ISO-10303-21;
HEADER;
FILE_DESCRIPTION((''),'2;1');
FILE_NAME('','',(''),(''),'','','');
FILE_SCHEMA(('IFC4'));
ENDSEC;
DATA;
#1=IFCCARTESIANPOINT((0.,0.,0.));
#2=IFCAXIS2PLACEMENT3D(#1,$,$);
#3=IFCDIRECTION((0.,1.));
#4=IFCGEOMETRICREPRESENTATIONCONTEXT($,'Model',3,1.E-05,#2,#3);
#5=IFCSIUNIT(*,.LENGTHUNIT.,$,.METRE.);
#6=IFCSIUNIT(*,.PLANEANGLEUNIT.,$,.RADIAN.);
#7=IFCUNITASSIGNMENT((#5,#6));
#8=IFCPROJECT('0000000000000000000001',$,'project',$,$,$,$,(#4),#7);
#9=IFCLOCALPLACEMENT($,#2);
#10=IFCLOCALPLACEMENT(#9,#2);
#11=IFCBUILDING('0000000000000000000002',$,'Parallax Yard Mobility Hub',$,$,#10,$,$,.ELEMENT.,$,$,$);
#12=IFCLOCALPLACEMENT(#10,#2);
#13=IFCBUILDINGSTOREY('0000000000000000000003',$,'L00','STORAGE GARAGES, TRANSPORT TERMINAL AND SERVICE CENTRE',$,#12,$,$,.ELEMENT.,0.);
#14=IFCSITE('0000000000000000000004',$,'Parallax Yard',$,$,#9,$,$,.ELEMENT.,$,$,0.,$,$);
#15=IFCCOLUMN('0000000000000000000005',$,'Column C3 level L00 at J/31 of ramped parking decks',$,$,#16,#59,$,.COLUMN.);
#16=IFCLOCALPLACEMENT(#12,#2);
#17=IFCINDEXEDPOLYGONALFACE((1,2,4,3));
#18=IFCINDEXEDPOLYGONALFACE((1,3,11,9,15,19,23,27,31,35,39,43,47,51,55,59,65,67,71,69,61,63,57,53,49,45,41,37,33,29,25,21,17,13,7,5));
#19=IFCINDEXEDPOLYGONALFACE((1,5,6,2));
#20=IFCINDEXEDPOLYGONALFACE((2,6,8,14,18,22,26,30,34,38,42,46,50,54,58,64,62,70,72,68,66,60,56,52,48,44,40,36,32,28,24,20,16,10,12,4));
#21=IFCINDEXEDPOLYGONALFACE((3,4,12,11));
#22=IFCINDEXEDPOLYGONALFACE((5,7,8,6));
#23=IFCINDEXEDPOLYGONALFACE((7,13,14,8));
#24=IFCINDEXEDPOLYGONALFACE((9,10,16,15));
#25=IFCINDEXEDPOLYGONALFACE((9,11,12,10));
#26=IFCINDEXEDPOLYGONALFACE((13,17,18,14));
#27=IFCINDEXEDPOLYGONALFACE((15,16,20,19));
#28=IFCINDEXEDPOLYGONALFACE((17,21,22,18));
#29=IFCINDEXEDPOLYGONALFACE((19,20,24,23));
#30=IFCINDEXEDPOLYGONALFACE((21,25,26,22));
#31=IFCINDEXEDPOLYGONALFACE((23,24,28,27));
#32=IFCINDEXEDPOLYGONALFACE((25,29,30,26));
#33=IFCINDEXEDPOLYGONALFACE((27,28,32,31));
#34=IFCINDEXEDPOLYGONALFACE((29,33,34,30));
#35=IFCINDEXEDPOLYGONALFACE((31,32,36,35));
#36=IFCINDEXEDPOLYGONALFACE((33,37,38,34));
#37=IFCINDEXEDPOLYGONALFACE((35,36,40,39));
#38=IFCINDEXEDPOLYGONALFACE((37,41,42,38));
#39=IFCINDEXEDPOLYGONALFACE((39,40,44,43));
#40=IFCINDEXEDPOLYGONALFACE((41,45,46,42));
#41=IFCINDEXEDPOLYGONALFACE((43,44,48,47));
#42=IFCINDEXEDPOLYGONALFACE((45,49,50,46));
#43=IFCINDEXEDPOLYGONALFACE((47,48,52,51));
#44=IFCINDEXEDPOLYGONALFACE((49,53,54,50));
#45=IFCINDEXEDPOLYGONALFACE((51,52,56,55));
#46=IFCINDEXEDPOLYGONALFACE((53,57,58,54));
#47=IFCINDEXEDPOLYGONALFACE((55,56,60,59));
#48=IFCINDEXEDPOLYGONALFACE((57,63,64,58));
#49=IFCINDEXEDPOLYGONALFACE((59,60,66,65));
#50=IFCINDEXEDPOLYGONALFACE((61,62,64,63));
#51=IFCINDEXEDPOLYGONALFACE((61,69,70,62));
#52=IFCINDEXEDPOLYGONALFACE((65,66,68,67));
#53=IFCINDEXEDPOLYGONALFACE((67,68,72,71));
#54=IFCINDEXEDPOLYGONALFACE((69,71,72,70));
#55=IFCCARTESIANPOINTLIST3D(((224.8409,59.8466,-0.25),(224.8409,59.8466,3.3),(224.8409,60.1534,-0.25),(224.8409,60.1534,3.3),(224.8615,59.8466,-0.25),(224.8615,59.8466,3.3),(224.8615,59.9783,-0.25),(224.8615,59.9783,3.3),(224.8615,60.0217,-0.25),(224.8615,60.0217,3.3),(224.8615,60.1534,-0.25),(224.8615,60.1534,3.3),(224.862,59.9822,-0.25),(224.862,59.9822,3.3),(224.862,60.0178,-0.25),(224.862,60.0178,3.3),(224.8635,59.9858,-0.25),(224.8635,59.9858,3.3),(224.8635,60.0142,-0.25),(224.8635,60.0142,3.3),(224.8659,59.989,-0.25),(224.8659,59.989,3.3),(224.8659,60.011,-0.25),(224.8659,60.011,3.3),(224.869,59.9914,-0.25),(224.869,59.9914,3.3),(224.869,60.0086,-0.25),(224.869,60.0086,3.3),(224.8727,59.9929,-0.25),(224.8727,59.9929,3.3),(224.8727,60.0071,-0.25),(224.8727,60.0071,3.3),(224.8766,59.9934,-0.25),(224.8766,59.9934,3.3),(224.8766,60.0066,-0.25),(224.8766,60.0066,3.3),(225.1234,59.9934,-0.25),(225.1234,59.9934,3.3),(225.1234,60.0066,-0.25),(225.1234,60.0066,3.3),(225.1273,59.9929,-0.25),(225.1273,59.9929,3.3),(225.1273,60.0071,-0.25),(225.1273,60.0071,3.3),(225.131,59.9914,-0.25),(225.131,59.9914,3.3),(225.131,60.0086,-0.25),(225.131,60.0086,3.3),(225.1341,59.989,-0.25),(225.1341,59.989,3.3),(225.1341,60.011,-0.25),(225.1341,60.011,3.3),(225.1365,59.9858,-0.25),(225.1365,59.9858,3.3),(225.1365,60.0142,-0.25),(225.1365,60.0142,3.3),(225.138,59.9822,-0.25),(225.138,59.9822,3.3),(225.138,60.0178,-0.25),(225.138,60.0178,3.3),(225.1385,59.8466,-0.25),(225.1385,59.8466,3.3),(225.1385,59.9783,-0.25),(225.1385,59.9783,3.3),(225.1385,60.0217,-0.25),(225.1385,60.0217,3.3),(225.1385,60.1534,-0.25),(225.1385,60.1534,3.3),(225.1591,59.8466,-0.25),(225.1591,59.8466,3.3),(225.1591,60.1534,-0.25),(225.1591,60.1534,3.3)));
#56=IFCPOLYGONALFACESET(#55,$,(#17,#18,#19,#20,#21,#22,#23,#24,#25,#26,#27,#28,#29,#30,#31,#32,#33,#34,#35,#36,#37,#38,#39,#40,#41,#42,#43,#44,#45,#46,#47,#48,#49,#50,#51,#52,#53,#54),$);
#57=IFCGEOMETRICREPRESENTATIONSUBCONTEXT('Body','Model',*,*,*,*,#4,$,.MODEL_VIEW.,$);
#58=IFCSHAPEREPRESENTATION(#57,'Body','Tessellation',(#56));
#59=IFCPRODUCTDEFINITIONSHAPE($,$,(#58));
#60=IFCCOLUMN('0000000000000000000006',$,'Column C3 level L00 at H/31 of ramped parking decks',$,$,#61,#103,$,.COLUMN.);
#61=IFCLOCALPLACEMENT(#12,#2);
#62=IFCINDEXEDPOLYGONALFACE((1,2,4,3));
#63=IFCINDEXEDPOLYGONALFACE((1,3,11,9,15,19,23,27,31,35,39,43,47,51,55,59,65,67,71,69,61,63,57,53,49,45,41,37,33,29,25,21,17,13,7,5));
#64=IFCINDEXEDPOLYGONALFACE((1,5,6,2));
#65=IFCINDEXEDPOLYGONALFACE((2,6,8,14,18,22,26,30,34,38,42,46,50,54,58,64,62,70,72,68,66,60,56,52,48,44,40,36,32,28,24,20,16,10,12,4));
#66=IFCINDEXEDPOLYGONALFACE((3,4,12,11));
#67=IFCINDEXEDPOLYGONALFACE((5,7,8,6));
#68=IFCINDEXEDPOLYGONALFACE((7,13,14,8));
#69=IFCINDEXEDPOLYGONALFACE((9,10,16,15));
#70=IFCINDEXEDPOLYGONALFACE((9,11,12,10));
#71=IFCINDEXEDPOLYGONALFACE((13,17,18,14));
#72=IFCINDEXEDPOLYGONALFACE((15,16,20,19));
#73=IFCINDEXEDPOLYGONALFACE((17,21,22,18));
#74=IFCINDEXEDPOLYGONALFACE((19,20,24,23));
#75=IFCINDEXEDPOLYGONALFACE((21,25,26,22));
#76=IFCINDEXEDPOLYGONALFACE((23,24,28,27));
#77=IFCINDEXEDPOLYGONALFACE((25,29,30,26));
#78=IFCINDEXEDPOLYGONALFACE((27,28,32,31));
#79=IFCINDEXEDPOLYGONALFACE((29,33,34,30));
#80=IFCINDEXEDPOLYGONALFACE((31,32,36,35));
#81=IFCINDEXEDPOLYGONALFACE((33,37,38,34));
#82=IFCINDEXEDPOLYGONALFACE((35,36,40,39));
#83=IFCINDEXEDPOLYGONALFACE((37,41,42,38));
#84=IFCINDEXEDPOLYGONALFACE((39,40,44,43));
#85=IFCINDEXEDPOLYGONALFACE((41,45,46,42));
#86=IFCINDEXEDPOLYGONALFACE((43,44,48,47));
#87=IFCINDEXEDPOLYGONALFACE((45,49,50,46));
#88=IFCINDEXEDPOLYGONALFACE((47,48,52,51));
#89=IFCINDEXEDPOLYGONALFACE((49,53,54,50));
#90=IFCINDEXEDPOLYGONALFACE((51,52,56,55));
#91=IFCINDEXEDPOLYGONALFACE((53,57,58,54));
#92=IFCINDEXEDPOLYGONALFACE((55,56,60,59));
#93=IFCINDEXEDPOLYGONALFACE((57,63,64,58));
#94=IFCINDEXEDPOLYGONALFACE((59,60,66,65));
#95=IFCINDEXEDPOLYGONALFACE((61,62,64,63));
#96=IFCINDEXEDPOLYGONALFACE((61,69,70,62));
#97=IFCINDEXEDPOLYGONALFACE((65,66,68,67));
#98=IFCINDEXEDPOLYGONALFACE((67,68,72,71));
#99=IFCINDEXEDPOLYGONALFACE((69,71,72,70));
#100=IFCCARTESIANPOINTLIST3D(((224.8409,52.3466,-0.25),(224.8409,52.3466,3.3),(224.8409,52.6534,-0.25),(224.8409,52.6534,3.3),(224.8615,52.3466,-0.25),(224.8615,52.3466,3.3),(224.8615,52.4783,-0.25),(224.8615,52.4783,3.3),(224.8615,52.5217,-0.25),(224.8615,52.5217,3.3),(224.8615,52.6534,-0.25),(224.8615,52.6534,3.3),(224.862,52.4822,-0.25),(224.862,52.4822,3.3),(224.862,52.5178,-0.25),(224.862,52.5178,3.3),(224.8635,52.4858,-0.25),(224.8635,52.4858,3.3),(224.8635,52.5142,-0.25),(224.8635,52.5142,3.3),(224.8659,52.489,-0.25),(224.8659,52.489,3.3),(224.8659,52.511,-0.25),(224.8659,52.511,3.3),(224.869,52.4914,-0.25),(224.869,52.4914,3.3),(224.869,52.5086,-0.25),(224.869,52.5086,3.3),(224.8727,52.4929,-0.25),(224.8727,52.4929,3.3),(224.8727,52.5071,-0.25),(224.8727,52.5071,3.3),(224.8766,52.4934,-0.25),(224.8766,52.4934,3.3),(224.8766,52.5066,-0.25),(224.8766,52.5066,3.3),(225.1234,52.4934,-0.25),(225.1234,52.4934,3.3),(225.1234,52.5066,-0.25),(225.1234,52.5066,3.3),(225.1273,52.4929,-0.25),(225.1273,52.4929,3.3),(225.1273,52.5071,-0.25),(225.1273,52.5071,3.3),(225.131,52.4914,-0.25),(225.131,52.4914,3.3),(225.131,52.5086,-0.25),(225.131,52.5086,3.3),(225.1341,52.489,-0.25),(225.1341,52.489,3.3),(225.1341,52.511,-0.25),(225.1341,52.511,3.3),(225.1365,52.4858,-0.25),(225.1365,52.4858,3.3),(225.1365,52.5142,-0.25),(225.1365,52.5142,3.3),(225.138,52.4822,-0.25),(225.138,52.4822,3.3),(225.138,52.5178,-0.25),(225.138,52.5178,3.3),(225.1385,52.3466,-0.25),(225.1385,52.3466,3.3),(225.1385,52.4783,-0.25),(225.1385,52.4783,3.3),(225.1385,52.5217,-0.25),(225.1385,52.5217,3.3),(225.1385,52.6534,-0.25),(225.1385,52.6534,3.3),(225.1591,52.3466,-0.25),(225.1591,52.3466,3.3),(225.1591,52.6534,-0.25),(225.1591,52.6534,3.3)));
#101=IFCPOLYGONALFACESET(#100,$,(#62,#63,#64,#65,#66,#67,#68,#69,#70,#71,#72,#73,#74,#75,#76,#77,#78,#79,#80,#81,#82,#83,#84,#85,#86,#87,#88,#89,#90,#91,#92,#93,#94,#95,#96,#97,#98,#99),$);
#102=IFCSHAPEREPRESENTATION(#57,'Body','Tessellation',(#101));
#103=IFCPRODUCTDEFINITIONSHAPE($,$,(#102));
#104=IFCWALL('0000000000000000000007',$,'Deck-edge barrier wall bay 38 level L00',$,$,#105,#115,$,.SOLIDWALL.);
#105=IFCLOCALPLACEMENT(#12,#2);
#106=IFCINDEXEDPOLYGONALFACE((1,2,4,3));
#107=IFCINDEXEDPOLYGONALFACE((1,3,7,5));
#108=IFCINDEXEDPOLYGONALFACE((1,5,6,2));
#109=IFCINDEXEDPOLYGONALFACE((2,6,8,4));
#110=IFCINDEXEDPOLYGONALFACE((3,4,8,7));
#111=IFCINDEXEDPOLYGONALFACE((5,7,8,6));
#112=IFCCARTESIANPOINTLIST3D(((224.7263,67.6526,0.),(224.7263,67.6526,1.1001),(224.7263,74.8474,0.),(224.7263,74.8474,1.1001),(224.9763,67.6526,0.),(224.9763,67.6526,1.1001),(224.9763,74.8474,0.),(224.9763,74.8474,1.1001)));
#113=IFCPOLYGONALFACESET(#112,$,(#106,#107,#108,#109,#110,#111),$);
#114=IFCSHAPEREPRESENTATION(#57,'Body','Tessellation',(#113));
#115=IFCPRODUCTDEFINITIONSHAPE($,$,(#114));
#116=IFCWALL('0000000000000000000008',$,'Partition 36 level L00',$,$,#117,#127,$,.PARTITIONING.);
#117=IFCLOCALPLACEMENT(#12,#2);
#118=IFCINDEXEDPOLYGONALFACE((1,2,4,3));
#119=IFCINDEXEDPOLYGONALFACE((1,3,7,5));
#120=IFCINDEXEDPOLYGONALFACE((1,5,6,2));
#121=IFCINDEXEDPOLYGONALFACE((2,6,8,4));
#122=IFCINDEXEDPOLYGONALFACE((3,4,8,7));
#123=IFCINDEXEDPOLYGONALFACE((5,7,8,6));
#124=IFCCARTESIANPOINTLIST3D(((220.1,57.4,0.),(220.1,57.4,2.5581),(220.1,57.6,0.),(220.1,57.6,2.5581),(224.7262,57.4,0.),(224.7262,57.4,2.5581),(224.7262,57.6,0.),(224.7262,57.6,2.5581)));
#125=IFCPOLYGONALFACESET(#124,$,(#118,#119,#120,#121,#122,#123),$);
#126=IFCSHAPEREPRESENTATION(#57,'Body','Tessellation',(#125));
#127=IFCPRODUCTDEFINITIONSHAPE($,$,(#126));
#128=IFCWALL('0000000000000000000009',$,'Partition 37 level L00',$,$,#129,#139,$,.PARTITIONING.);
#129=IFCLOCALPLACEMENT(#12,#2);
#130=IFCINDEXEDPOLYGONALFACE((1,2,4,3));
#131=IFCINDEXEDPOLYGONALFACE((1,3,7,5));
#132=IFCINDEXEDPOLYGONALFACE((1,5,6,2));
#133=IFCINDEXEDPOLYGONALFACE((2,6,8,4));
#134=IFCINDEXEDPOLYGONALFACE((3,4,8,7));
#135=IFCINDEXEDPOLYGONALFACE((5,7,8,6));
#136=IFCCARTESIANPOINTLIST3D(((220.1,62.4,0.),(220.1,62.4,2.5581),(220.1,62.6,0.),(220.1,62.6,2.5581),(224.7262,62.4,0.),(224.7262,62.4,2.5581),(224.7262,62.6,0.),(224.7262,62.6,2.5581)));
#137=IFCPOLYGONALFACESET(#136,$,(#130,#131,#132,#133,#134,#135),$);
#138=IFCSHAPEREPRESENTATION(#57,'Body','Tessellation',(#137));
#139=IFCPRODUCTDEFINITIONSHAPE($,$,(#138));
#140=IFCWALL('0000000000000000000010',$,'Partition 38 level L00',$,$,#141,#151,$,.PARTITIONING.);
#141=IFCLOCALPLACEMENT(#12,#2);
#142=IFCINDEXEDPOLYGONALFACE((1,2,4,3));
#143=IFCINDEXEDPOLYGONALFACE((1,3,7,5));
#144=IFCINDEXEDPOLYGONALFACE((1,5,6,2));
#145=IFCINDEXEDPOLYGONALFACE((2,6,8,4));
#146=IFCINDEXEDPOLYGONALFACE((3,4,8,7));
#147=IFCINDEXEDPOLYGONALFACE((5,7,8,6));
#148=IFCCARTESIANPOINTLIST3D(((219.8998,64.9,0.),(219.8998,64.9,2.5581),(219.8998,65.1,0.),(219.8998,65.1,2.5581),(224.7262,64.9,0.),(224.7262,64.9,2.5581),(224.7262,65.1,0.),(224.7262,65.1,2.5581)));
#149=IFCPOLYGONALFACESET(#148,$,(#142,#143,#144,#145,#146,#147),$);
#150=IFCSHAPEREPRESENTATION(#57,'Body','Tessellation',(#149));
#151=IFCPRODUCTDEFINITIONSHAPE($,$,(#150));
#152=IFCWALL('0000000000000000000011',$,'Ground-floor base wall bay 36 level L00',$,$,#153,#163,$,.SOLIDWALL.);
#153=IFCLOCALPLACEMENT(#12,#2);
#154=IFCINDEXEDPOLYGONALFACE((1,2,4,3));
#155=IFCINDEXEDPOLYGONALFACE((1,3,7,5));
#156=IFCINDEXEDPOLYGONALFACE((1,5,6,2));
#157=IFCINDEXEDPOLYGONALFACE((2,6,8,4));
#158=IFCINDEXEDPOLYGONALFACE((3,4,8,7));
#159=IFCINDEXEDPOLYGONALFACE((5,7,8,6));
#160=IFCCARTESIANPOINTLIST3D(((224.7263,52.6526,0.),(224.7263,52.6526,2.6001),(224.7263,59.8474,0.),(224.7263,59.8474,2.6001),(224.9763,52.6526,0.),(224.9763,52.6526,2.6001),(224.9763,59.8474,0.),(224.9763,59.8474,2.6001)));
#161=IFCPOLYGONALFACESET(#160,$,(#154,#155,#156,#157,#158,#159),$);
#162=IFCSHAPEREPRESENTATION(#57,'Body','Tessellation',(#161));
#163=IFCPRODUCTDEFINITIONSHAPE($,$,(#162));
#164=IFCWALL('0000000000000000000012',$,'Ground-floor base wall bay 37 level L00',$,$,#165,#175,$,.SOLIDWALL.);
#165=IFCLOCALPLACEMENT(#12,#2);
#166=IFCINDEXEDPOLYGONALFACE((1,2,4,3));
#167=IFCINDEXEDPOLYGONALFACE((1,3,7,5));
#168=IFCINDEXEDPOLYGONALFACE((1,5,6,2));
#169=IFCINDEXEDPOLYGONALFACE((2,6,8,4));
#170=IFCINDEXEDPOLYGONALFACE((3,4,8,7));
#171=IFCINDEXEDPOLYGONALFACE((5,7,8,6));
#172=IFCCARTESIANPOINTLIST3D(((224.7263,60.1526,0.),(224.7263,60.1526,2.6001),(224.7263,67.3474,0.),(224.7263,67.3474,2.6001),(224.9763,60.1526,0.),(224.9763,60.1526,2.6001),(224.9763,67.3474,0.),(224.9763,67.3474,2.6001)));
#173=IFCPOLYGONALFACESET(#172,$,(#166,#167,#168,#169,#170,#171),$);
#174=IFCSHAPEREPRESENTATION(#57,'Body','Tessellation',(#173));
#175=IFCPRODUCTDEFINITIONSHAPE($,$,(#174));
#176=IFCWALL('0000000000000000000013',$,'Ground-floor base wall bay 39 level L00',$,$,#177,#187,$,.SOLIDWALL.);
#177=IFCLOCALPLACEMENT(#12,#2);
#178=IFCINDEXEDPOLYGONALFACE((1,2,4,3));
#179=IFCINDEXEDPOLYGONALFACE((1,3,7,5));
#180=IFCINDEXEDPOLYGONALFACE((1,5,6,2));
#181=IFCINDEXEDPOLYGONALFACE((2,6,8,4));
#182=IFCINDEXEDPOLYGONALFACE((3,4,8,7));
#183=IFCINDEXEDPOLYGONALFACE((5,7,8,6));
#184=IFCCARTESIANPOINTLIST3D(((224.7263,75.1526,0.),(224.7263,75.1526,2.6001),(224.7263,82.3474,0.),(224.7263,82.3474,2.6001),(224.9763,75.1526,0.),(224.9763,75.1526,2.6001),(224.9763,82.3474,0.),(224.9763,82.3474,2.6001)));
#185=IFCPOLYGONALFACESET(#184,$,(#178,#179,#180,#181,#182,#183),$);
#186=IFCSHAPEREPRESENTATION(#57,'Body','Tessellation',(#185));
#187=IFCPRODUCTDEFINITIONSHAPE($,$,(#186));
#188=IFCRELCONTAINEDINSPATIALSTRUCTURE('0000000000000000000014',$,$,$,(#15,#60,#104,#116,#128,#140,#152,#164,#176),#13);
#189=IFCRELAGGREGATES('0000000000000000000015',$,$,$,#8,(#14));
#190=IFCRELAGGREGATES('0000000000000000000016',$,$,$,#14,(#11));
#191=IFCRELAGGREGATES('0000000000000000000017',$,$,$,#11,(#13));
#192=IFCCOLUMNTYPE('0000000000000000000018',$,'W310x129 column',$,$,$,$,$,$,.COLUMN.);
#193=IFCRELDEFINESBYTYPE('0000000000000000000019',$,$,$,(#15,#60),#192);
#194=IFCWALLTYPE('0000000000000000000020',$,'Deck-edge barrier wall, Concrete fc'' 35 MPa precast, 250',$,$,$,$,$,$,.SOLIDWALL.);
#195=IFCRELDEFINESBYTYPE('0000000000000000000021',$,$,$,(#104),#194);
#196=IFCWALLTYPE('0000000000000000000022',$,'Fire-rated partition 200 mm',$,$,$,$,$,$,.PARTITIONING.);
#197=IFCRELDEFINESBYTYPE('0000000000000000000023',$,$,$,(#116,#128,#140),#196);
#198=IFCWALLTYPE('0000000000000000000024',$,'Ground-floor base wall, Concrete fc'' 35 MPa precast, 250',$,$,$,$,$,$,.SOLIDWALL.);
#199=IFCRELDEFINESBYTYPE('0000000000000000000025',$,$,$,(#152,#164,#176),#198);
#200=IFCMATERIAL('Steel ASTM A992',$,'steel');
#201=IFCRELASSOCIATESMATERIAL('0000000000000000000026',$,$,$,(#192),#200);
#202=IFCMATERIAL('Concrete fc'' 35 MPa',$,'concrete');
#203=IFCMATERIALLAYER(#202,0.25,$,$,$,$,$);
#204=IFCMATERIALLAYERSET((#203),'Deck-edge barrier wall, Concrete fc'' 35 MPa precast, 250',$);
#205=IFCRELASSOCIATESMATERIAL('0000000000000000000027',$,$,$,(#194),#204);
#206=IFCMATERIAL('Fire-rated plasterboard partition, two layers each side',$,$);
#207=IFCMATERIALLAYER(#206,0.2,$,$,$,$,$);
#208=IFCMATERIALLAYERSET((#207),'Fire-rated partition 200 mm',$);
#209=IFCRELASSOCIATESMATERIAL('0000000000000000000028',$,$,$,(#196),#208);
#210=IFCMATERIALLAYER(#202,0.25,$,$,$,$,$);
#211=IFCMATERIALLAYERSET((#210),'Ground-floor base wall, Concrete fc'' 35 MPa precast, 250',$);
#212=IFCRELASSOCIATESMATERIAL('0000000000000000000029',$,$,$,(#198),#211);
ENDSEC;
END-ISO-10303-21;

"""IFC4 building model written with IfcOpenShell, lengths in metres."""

from ifc_helpers import new_model, si_unit, direction, frame, frame_2d, origin, origin_2d, place, context, subcontext, project, spatial, rectangle, i_section, extrude, material, layer, layer_set, material_profile, profile_set, type_object, element, save


model = new_model("IFC4")

# Units and contexts
model_context = context("Model", 3, precision=1e-05, world=origin(), true_north=direction((0.0, 1.0)))
body_context = subcontext(model_context, "Body", "Model", "MODEL_VIEW")
ifc_project = project(units=[si_unit("LENGTHUNIT", "METRE"), si_unit("PLANEANGLEUNIT", "RADIAN")], contexts=[model_context])

# Site, building, storey
site_placement = place(None, origin())
site = spatial("IfcSite", under=ifc_project, at=site_placement, Name="Parallax Yard", CompositionType="ELEMENT", RefElevation=0.0)
building_placement = place(site_placement, origin())
building = spatial("IfcBuilding", under=site, at=building_placement, Name="Parallax Yard Mobility Hub", CompositionType="ELEMENT")
storey_placement = place(building_placement, origin())
storey = spatial("IfcBuildingStorey", under=building, at=storey_placement, Name="L00", Description="STORAGE GARAGES, TRANSPORT TERMINAL AND SERVICE CENTRE", CompositionType="ELEMENT", Elevation=0.0)

# Columns
ifc_material_1 = material(Name="Steel ASTM A992", Category="steel")
ifc_material_profile_1 = material_profile(ifc_material_1, i_section(OverallWidth=0.3069, OverallDepth=0.3181, WebThickness=0.0132, FlangeThickness=0.0205, FilletRadius=0.0151, at=origin_2d()), Name="W310x129")
ifc_profile_set_1 = profile_set([ifc_material_profile_1], Name="Steel ASTM A992")
column_type = type_object("IfcColumnType", Name="W310x129 column", PredefinedType="COLUMN", material=ifc_profile_set_1)
for number, where, z_axis, x_axis, name in (
    (1, (225.0, 60.0, -0.25), (0.0, 0.0, 1.0), (0.0, 1.0, 0.0), "Column C3 level L00 at J/31 of ramped parking decks"),
    (2, (225.0, 52.5, -0.25), (0.0, 0.0, 1.0), (0.0, 1.0, 0.0), "Column C3 level L00 at H/31 of ramped parking decks"),
):
    element("IfcColumn", number, at=place(storey_placement, frame(where, z_axis=z_axis, x_axis=x_axis)), inside=storey, type_object=column_type, Name=name, PredefinedType="COLUMN", context=body_context, shape_type="SweptSolid", body=[
        extrude(i_section(OverallWidth=0.3069, OverallDepth=0.3181, WebThickness=0.0132, FlangeThickness=0.0205, FilletRadius=0.0151, at=origin_2d()), origin(), (0.0, 0.0, 1.0), 3.55),
    ])

# Walls
ifc_material_2 = material(Name="Concrete fc' 35 MPa", Category="concrete")
ifc_layer_1 = layer(ifc_material_2, 0.25)
ifc_layer_set_1 = layer_set([ifc_layer_1], Name="Deck-edge barrier wall, Concrete fc' 35 MPa precast, 250")
wall_type_1 = type_object("IfcWallType", Name="Deck-edge barrier wall, Concrete fc' 35 MPa precast, 250", PredefinedType="SOLIDWALL", material=ifc_layer_set_1)
wall_1_placement = place(storey_placement, frame((224.8513, 67.6526, 0.0), z_axis=(0.0, 0.0, 1.0), x_axis=(0.0, 1.0, 0.0)))
element("IfcWall", 3, at=wall_1_placement, inside=storey, type_object=wall_type_1, Name="Deck-edge barrier wall bay 38 level L00", PredefinedType="SOLIDWALL", context=body_context, shape_type="SweptSolid", body=[
    extrude(rectangle(XDim=7.1948, YDim=0.25, at=frame_2d((3.5974, 0.0))), origin(), (0.0, 0.0, 1.0), 1.1001),
])
ifc_material_3 = material(Name="Fire-rated plasterboard partition, two layers each side")
ifc_layer_2 = layer(ifc_material_3, 0.2)
ifc_layer_set_2 = layer_set([ifc_layer_2], Name="Fire-rated partition 200 mm")
wall_type_2 = type_object("IfcWallType", Name="Fire-rated partition 200 mm", PredefinedType="PARTITIONING", material=ifc_layer_set_2)
for number, where, z_axis, x_axis, name in (
    (4, (220.1001, 57.5, 0.0), (0.0, 0.0, 1.0), (1.0, 0.0, 0.0), "Partition 36 level L00"),
    (5, (220.1001, 62.5, 0.0), (0.0, 0.0, 1.0), (1.0, 0.0, 0.0), "Partition 37 level L00"),
):
    element("IfcWall", number, at=place(storey_placement, frame(where, z_axis=z_axis, x_axis=x_axis)), inside=storey, type_object=wall_type_2, Name=name, PredefinedType="PARTITIONING", context=body_context, shape_type="SweptSolid", body=[
        extrude(rectangle(XDim=4.6262, YDim=0.2, at=frame_2d((2.313, 0.0))), origin(), (0.0, 0.0, 1.0), 2.5581),
    ])
wall_2_placement = place(storey_placement, frame((219.8999, 65.0, 0.0), z_axis=(0.0, 0.0, 1.0), x_axis=(1.0, 0.0, 0.0)))
element("IfcWall", 6, at=wall_2_placement, inside=storey, type_object=wall_type_2, Name="Partition 38 level L00", PredefinedType="PARTITIONING", context=body_context, shape_type="SweptSolid", body=[
    extrude(rectangle(XDim=4.8264, YDim=0.2, at=frame_2d((2.4131, 0.0))), origin(), (0.0, 0.0, 1.0), 2.5581),
])
ifc_layer_3 = layer(ifc_material_2, 0.25)
ifc_layer_set_3 = layer_set([ifc_layer_3], Name="Ground-floor base wall, Concrete fc' 35 MPa precast, 250")
wall_type_3 = type_object("IfcWallType", Name="Ground-floor base wall, Concrete fc' 35 MPa precast, 250", PredefinedType="SOLIDWALL", material=ifc_layer_set_3)
for number, where, z_axis, x_axis, name in (
    (7, (224.8513, 52.6526, 0.0), (0.0, 0.0, 1.0), (0.0, 1.0, 0.0), "Ground-floor base wall bay 36 level L00"),
    (8, (224.8513, 60.1526, 0.0), (0.0, 0.0, 1.0), (0.0, 1.0, 0.0), "Ground-floor base wall bay 37 level L00"),
    (9, (224.8513, 75.1526, 0.0), (0.0, 0.0, 1.0), (0.0, 1.0, 0.0), "Ground-floor base wall bay 39 level L00"),
):
    element("IfcWall", number, at=place(storey_placement, frame(where, z_axis=z_axis, x_axis=x_axis)), inside=storey, type_object=wall_type_3, Name=name, PredefinedType="SOLIDWALL", context=body_context, shape_type="SweptSolid", body=[
        extrude(rectangle(XDim=7.1948, YDim=0.25, at=frame_2d((3.5974, 0.0))), origin(), (0.0, 0.0, 1.0), 2.6001),
    ])

save(model, "model.ifc")
